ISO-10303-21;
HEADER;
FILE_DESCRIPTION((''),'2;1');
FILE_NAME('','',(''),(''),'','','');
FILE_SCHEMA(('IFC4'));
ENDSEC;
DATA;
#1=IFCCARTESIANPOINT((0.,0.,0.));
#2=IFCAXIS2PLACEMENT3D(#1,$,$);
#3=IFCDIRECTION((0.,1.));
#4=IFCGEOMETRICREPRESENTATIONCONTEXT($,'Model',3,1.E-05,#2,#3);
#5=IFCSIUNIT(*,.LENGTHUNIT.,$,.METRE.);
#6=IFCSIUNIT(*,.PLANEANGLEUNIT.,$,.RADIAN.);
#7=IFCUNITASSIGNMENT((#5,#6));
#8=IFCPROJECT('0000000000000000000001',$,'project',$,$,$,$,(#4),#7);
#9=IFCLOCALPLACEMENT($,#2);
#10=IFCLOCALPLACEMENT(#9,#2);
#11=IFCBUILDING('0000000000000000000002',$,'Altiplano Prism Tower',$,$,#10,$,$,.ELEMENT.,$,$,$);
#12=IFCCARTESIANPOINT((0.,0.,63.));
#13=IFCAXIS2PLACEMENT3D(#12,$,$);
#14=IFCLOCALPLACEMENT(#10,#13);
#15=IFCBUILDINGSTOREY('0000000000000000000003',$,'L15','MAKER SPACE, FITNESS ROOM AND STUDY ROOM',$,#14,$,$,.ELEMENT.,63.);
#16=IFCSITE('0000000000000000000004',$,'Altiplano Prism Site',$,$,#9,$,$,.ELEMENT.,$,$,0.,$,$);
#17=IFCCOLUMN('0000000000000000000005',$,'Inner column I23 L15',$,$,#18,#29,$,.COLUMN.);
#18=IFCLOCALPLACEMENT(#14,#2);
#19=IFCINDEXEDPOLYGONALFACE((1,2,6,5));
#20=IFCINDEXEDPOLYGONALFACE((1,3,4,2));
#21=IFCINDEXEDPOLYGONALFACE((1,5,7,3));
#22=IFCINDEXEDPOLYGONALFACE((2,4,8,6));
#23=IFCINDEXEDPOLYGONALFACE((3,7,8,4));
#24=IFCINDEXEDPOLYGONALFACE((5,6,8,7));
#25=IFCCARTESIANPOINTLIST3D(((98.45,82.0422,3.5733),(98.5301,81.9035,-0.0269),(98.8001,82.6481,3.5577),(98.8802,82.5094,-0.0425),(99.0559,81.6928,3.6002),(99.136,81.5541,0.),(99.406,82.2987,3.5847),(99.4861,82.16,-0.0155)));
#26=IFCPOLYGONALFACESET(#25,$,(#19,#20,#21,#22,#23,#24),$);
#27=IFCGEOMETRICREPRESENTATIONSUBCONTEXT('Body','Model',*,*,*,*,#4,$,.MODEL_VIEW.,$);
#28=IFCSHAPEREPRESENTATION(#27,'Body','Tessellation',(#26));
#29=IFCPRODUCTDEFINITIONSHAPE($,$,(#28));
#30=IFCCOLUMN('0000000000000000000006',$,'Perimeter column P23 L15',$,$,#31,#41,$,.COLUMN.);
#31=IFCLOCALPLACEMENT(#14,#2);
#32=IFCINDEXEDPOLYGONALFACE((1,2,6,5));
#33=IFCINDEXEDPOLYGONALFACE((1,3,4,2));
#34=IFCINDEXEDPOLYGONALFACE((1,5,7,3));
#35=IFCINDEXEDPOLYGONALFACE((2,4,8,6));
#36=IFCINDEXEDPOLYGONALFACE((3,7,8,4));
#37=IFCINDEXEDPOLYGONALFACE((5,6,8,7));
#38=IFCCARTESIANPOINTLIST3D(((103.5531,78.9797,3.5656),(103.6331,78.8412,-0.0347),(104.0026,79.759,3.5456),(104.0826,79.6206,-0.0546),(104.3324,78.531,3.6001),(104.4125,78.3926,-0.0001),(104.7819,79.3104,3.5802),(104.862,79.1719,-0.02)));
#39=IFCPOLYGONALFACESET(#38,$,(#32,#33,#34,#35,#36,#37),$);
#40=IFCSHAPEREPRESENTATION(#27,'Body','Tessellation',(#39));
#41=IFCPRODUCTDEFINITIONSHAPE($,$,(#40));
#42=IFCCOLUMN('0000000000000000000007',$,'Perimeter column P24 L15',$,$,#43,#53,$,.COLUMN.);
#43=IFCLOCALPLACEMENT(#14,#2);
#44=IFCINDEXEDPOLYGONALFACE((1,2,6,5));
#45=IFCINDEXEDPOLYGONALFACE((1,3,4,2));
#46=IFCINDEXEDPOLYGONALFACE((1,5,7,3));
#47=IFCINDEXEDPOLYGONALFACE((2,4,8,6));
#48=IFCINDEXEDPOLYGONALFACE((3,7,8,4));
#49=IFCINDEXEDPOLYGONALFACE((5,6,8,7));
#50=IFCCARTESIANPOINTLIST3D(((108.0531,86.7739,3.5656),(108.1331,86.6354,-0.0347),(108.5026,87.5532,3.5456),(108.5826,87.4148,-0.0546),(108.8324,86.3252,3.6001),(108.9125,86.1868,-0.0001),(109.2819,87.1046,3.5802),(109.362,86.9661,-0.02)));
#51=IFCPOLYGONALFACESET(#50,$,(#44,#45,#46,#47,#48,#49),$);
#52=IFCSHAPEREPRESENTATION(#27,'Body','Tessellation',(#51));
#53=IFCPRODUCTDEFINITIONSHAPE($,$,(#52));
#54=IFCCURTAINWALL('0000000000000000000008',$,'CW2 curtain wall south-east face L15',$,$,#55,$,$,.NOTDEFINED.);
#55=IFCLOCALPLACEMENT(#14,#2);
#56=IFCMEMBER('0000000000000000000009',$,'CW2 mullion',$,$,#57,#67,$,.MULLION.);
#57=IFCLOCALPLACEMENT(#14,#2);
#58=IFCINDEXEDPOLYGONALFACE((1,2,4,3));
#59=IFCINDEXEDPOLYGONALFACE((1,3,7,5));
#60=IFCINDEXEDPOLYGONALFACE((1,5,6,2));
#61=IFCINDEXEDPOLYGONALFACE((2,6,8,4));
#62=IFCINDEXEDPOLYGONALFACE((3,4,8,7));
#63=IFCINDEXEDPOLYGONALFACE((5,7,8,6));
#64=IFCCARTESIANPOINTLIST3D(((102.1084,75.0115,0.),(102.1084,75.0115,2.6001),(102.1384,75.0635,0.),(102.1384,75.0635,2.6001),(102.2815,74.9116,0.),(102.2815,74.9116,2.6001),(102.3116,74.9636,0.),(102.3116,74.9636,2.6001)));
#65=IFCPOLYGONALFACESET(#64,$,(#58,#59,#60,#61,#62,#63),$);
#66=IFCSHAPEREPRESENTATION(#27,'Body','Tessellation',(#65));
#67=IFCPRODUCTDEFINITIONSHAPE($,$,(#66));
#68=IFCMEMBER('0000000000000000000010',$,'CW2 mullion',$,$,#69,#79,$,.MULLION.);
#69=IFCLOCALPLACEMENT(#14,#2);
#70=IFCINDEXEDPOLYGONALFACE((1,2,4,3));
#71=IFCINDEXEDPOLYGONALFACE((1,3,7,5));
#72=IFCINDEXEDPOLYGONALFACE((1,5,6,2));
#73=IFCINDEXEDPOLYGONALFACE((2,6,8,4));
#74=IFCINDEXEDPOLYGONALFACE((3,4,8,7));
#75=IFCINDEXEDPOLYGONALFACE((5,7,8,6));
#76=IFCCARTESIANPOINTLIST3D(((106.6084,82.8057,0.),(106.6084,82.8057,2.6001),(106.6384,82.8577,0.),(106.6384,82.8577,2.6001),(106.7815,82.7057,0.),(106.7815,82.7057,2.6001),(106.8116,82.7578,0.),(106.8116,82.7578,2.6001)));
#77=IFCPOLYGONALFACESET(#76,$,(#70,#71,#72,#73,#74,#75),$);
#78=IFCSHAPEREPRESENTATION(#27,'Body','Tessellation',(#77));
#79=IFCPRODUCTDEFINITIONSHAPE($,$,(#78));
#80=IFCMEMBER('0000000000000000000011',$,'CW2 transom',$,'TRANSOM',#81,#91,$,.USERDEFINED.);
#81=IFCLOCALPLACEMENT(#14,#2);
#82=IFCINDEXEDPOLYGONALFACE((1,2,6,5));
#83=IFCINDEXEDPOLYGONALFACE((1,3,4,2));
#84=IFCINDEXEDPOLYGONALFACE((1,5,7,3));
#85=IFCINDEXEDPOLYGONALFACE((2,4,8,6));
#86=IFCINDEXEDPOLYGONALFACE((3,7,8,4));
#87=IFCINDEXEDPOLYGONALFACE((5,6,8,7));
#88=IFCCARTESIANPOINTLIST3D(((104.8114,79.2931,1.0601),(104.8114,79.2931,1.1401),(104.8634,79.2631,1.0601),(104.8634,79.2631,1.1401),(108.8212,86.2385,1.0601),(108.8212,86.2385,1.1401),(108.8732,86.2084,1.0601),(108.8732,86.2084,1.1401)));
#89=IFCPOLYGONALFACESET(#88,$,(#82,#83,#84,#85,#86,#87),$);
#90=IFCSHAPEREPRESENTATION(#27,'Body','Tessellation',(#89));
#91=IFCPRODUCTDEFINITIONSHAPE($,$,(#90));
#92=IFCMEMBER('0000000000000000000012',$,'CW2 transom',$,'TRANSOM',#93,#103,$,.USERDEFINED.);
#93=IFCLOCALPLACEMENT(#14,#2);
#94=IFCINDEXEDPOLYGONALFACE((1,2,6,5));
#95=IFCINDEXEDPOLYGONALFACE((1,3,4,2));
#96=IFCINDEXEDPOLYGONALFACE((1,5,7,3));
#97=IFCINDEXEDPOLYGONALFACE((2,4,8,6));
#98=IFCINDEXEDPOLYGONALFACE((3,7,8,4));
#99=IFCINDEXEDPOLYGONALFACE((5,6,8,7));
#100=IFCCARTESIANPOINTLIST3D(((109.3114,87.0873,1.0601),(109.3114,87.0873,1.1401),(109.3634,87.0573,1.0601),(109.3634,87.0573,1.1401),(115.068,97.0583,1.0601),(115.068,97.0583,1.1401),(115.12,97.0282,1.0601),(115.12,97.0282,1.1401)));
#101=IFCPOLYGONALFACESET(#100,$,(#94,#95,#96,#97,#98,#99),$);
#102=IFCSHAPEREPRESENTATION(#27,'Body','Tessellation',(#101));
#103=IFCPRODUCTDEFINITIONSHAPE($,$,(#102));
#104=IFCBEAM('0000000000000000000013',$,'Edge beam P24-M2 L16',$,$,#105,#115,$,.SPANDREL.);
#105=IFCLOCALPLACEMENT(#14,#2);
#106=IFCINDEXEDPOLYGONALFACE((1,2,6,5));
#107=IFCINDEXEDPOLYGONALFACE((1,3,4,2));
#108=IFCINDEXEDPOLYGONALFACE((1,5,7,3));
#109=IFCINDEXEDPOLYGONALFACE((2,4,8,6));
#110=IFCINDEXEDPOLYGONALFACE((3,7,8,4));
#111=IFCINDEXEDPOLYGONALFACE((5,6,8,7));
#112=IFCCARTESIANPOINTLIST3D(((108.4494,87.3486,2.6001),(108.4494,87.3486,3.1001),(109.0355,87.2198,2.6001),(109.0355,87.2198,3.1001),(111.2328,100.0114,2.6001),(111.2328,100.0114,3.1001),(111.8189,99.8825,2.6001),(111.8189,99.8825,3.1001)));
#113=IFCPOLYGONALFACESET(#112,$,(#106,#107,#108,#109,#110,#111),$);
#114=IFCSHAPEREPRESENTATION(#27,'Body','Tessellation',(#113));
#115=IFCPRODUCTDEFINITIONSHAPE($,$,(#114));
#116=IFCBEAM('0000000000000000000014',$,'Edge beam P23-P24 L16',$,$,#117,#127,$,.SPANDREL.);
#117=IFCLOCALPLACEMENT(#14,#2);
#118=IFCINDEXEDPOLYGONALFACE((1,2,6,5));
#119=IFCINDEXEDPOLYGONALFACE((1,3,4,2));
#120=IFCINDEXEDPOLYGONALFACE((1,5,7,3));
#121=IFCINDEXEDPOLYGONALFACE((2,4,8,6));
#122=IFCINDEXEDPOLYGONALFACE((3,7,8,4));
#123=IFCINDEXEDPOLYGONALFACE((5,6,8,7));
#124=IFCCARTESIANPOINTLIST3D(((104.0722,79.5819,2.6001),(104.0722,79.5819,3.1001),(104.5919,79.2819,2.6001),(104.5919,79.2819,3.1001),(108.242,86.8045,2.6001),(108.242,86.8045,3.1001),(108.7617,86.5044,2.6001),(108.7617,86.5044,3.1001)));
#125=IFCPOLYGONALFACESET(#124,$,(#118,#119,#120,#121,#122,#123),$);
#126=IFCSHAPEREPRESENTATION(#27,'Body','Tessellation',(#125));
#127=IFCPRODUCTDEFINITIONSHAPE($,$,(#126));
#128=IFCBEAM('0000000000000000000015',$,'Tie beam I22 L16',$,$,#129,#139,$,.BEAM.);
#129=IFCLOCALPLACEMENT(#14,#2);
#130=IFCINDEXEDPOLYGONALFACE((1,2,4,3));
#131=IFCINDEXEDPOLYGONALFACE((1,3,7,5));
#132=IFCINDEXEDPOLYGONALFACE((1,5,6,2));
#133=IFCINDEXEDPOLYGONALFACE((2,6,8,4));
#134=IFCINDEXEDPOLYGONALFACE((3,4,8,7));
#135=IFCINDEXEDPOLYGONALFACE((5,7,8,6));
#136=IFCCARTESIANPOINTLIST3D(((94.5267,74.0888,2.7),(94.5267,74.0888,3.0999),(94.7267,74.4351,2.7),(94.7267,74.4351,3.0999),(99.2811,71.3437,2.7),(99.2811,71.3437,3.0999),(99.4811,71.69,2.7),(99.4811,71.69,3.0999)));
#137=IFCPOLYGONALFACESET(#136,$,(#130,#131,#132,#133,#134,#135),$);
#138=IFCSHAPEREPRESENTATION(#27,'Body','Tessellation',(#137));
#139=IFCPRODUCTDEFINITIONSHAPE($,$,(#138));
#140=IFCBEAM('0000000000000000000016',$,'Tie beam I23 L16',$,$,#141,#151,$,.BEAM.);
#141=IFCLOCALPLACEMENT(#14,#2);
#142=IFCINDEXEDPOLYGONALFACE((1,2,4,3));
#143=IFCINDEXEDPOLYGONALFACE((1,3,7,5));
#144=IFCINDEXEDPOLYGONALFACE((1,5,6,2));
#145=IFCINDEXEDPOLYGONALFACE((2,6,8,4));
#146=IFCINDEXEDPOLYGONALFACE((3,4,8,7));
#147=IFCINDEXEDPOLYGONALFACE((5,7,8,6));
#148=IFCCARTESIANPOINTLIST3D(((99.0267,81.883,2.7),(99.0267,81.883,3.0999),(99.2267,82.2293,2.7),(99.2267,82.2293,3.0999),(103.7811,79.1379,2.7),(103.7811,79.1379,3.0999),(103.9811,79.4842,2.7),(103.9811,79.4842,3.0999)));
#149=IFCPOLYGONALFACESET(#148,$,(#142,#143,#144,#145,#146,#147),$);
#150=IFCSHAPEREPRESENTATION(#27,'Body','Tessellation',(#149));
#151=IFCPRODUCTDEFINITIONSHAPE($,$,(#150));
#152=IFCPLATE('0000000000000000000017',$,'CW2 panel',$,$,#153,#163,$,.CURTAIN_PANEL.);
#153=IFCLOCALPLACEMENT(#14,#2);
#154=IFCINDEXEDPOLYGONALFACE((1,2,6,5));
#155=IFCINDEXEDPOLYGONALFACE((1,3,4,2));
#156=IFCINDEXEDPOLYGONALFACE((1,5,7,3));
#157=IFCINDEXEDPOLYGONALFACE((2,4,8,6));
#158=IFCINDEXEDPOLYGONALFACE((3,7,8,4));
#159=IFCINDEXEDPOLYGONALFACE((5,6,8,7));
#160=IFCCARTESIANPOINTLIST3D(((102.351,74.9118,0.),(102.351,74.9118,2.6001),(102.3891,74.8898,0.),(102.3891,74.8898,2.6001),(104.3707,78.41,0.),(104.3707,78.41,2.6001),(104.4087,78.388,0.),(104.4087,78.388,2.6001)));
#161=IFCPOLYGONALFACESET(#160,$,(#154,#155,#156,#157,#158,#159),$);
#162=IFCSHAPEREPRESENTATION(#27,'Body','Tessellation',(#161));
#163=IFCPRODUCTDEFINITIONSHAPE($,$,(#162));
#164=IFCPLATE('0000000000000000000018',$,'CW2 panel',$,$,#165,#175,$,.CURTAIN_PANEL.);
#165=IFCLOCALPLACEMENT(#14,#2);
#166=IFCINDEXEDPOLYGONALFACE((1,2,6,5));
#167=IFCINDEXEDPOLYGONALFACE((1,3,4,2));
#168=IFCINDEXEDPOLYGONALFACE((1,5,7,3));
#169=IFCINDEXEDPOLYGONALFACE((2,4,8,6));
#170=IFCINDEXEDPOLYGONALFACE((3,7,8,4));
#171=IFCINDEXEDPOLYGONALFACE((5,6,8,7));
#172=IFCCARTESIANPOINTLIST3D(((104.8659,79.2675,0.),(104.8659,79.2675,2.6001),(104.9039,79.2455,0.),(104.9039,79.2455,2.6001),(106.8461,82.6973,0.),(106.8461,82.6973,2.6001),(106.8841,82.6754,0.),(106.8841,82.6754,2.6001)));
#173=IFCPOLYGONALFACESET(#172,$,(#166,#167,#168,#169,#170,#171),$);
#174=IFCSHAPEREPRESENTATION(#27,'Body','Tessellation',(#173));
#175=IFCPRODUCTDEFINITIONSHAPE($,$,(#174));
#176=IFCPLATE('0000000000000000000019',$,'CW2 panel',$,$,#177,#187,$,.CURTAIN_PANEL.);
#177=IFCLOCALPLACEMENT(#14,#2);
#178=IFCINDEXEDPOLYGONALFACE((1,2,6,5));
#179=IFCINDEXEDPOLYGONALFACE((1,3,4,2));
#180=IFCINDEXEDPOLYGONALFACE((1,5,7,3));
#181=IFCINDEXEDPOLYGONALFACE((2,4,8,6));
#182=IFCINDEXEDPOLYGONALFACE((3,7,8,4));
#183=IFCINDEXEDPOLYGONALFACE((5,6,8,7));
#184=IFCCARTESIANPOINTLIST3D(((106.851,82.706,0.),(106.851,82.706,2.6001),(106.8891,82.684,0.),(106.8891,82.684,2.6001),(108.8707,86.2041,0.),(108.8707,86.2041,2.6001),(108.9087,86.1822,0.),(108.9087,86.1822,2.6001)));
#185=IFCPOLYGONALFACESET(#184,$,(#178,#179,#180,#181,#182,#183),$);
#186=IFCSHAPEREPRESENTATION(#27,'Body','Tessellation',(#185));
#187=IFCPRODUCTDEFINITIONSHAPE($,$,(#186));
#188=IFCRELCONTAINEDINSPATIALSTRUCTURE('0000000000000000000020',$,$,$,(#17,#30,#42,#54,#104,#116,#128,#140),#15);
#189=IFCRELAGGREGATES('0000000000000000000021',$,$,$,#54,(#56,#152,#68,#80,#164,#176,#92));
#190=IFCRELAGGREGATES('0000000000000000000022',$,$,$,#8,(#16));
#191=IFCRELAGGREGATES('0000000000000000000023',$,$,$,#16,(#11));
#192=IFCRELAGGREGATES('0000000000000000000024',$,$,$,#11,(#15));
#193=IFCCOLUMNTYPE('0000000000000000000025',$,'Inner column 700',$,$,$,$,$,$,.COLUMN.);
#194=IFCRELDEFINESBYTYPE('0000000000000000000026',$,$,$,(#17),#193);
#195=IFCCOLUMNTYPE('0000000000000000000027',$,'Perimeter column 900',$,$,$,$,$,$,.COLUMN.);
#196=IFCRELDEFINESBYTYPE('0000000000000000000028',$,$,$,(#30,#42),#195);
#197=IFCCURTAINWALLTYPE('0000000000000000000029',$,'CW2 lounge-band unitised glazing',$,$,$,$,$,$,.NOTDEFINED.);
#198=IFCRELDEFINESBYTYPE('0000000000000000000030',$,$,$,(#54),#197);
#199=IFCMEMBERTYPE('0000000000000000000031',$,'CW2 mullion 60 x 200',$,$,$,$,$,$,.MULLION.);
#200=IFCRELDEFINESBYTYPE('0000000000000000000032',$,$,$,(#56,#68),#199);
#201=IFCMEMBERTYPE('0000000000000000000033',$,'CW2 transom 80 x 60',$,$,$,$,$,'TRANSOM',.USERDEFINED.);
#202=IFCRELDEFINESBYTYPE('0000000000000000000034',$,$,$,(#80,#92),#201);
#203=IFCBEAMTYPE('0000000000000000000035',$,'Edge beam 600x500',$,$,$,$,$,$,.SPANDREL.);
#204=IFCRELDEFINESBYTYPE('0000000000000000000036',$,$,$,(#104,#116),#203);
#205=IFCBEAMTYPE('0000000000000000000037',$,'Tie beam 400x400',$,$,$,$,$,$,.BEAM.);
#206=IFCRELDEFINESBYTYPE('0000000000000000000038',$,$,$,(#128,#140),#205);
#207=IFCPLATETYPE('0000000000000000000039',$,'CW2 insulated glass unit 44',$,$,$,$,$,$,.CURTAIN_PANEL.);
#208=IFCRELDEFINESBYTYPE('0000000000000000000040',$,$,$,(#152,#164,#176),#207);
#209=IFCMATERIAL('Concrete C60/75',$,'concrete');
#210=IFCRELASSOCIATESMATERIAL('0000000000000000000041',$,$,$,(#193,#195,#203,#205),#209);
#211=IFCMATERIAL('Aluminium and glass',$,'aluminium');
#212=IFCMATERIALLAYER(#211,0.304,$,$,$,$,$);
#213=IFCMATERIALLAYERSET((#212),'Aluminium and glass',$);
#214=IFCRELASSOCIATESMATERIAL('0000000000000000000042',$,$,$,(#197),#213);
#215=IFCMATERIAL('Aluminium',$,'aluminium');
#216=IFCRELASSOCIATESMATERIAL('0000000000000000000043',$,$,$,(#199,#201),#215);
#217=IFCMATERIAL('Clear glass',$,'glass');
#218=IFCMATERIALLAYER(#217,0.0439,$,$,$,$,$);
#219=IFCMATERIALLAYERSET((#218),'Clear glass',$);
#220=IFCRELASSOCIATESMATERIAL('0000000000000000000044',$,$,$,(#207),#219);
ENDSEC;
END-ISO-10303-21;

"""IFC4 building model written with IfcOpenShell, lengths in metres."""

from ifc_helpers import new_model, si_unit, direction, frame, origin, origin_2d, place, context, subcontext, project, spatial, rectangle, extrude, material, layer, layer_set, material_profile, profile_set, type_object, element, aggregate, save


model = new_model("IFC4")

# Units and contexts
model_context = context("Model", 3, precision=1e-05, world=origin(), true_north=direction((0.0, 1.0)))
body_context = subcontext(model_context, "Body", "Model", "MODEL_VIEW")
ifc_project = project(units=[si_unit("LENGTHUNIT", "METRE"), si_unit("PLANEANGLEUNIT", "RADIAN")], contexts=[model_context])

# Site, building, storey
site_placement = place(None, origin())
site = spatial("IfcSite", under=ifc_project, at=site_placement, Name="Altiplano Prism Site", CompositionType="ELEMENT", RefElevation=0.0)
building_placement = place(site_placement, origin())
building = spatial("IfcBuilding", under=site, at=building_placement, Name="Altiplano Prism Tower", CompositionType="ELEMENT")
storey_placement = place(building_placement, frame((0.0, 0.0, 63.0)))
storey = spatial("IfcBuildingStorey", under=building, at=storey_placement, Name="L15", Description="MAKER SPACE, FITNESS ROOM AND STUDY ROOM", CompositionType="ELEMENT", Elevation=63.0)

# Columns
ifc_material_1 = material(Name="Concrete C60/75", Category="concrete")
ifc_material_profile_1 = material_profile(ifc_material_1, rectangle(XDim=0.7, YDim=0.7, at=origin_2d()), Name="Inner column 700")
ifc_profile_set_1 = profile_set([ifc_material_profile_1], Name="Concrete C60/75")
column_type_1 = type_object("IfcColumnType", Name="Inner column 700", PredefinedType="COLUMN", material=ifc_profile_set_1)
column_placement = place(storey_placement, frame((99.0081, 82.0317, -0.0212), z_axis=(-0.022221, 0.038481, 0.999012), x_axis=(-0.500175, -0.865639, 0.022218)))
element("IfcColumn", 1, at=column_placement, inside=storey, type_object=column_type_1, Name="Inner column I23 L15", PredefinedType="COLUMN", context=body_context, shape_type="SweptSolid", body=[
    extrude(rectangle(XDim=0.7, YDim=0.7, at=origin_2d()), origin(), (0.0, 0.0, 1.0), 3.6038),
])
ifc_material_profile_2 = material_profile(ifc_material_1, rectangle(XDim=0.8999, YDim=0.8999, at=origin_2d()), Name="Perimeter column 900")
ifc_profile_set_2 = profile_set([ifc_material_profile_2], Name="Concrete C60/75")
column_type_2 = type_object("IfcColumnType", Name="Perimeter column 900", PredefinedType="COLUMN", material=ifc_profile_set_2)
for number, where, z_axis, x_axis, name in (
    (2, (104.2476, 79.0066, -0.0273), (-0.022221, 0.038413, 0.999015), (-0.499513, -0.866022, 0.022189), "Perimeter column P23 L15"),
    (3, (108.7476, 86.8008, -0.0273), (-0.022221, 0.038413, 0.999015), (-0.499513, -0.866022, 0.022189), "Perimeter column P24 L15"),
):
    element("IfcColumn", number, at=place(storey_placement, frame(where, z_axis=z_axis, x_axis=x_axis)), inside=storey, type_object=column_type_2, Name=name, PredefinedType="COLUMN", context=body_context, shape_type="SweptSolid", body=[
        extrude(rectangle(XDim=0.8999, YDim=0.8999, at=origin_2d()), origin(), (0.0, 0.0, 1.0), 3.6038),
    ])

# Curtain wall, members
ifc_material_2 = material(Name="Aluminium and glass", Category="aluminium")
ifc_layer_1 = layer(ifc_material_2, 0.304)
ifc_layer_set_1 = layer_set([ifc_layer_1], Name="Aluminium and glass")
curtain_wall_type = type_object("IfcCurtainWallType", Name="CW2 lounge-band unitised glazing", PredefinedType="NOTDEFINED", material=ifc_layer_set_1)
curtain_wall_placement = place(storey_placement, origin())
curtain_wall = element("IfcCurtainWall", 4, at=curtain_wall_placement, inside=storey, type_object=curtain_wall_type, Name="CW2 curtain wall south-east face L15", PredefinedType="NOTDEFINED")
ifc_material_3 = material(Name="Aluminium", Category="aluminium")
ifc_material_profile_3 = material_profile(ifc_material_3, rectangle(XDim=0.2, YDim=0.0601, at=origin_2d()), Name="CW2 mullion 60 x 200")
ifc_profile_set_3 = profile_set([ifc_material_profile_3], Name="Aluminium")
member_type_1 = type_object("IfcMemberType", Name="CW2 mullion 60 x 200", PredefinedType="MULLION", material=ifc_profile_set_3)
member_1_placement = place(storey_placement, frame((102.21, 74.9875, 0.0), z_axis=(0.0, 0.0, 1.0), x_axis=(-0.866025, 0.5, 0.0)))
member_1 = element("IfcMember", 5, at=member_1_placement, type_object=member_type_1, Name="CW2 mullion", PredefinedType="MULLION", context=body_context, shape_type="SweptSolid", body=[
    extrude(rectangle(XDim=0.2, YDim=0.0601, at=origin_2d()), origin(), (0.0, 0.0, 1.0), 2.6001),
])
member_2_placement = place(storey_placement, frame((106.71, 82.7817, 0.0), z_axis=(0.0, 0.0, 1.0), x_axis=(-0.866025, 0.5, 0.0)))
member_2 = element("IfcMember", 6, at=member_2_placement, type_object=member_type_1, Name="CW2 mullion", PredefinedType="MULLION", context=body_context, shape_type="SweptSolid", body=[
    extrude(rectangle(XDim=0.2, YDim=0.0601, at=origin_2d()), origin(), (0.0, 0.0, 1.0), 2.6001),
])
ifc_material_profile_4 = material_profile(ifc_material_3, rectangle(XDim=0.0601, YDim=0.0801, at=origin_2d()), Name="CW2 transom 80 x 60")
ifc_profile_set_4 = profile_set([ifc_material_profile_4], Name="Aluminium")
member_type_2 = type_object("IfcMemberType", Name="CW2 transom 80 x 60", ElementType="TRANSOM", PredefinedType="USERDEFINED", material=ifc_profile_set_4)
member_3_placement = place(storey_placement, frame((104.8374, 79.2781, 1.1001), z_axis=(0.499989, 0.866031, 0.0), x_axis=(-0.866031, 0.499989, 0.0)))
member_3 = element("IfcMember", 7, at=member_3_placement, type_object=member_type_2, Name="CW2 transom", ObjectType="TRANSOM", PredefinedType="USERDEFINED", context=body_context, shape_type="SweptSolid", body=[
    extrude(rectangle(XDim=0.0601, YDim=0.0801, at=origin_2d()), origin(), (0.0, 0.0, 1.0), 8.0198),
])
member_4_placement = place(storey_placement, frame((109.3374, 87.0723, 1.1001), z_axis=(0.499991, 0.866031, 0.0), x_axis=(-0.866031, 0.499991, 0.0)))
member_4 = element("IfcMember", 8, at=member_4_placement, type_object=member_type_2, Name="CW2 transom", ObjectType="TRANSOM", PredefinedType="USERDEFINED", context=body_context, shape_type="SweptSolid", body=[
    extrude(rectangle(XDim=0.0601, YDim=0.0801, at=origin_2d()), origin(), (0.0, 0.0, 1.0), 11.5134),
])

# Beams
ifc_material_profile_5 = material_profile(ifc_material_1, rectangle(XDim=0.6001, YDim=0.5, at=origin_2d()), Name="Edge beam 600x500")
ifc_profile_set_5 = profile_set([ifc_material_profile_5], Name="Concrete C60/75")
beam_type_1 = type_object("IfcBeamType", Name="Edge beam 600x500", PredefinedType="SPANDREL", material=ifc_profile_set_5)
beam_1_placement = place(storey_placement, frame((108.7424, 87.2842, 2.8501), z_axis=(0.214687, 0.976683, 0.0), x_axis=(-0.976683, 0.214687, 0.0)))
element("IfcBeam", 9, at=beam_1_placement, inside=storey, type_object=beam_type_1, Name="Edge beam P24-M2 L16", PredefinedType="SPANDREL", context=body_context, shape_type="SweptSolid", body=[
    extrude(rectangle(XDim=0.6001, YDim=0.5, at=origin_2d()), origin(), (0.0, 0.0, 1.0), 12.9651),
])
beam_2_placement = place(storey_placement, frame((104.332, 79.4319, 2.8501), z_axis=(0.499993, 0.86603, 0.0), x_axis=(-0.86603, 0.499993, 0.0)))
element("IfcBeam", 10, at=beam_2_placement, inside=storey, type_object=beam_type_1, Name="Edge beam P23-P24 L16", PredefinedType="SPANDREL", context=body_context, shape_type="SweptSolid", body=[
    extrude(rectangle(XDim=0.6001, YDim=0.5, at=origin_2d()), origin(), (0.0, 0.0, 1.0), 8.3398),
])
ifc_material_profile_6 = material_profile(ifc_material_1, rectangle(XDim=0.3999, YDim=0.3999, at=origin_2d()), Name="Tie beam 400x400")
ifc_profile_set_6 = profile_set([ifc_material_profile_6], Name="Concrete C60/75")
beam_type_2 = type_object("IfcBeamType", Name="Tie beam 400x400", PredefinedType="BEAM", material=ifc_profile_set_6)
for number, where, z_axis, x_axis, name in (
    (11, (94.6267, 74.262, 2.8999), (0.866012, -0.500023, 0.0), (0.500023, 0.866012, 0.0), "Tie beam I22 L16"),
    (12, (99.1267, 82.0562, 2.8999), (0.866012, -0.500023, 0.0), (0.500023, 0.866012, 0.0), "Tie beam I23 L16"),
):
    element("IfcBeam", number, at=place(storey_placement, frame(where, z_axis=z_axis, x_axis=x_axis)), inside=storey, type_object=beam_type_2, Name=name, PredefinedType="BEAM", context=body_context, shape_type="SweptSolid", body=[
        extrude(rectangle(XDim=0.3999, YDim=0.3999, at=origin_2d()), origin(), (0.0, 0.0, 1.0), 5.49),
    ])

# Plates
ifc_material_4 = material(Name="Clear glass", Category="glass")
ifc_layer_2 = layer(ifc_material_4, 0.0439)
ifc_layer_set_2 = layer_set([ifc_layer_2], Name="Clear glass")
plate_type = type_object("IfcPlateType", Name="CW2 insulated glass unit 44", PredefinedType="CURTAIN_PANEL", material=ifc_layer_set_2)
plate_1_placement = place(storey_placement, frame((103.3799, 76.6499, 0.0), z_axis=(0.0, 0.0, 1.0), x_axis=(0.5, 0.866025, 0.0)))
plate_1 = element("IfcPlate", 13, at=plate_1_placement, type_object=plate_type, Name="CW2 panel", PredefinedType="CURTAIN_PANEL", context=body_context, shape_type="SweptSolid", body=[
    extrude(rectangle(XDim=4.0393, YDim=0.0439, at=origin_2d()), origin(), (0.0, 0.0, 1.0), 2.6001),
])
plate_2_placement = place(storey_placement, frame((105.875, 80.9714, 0.0), z_axis=(0.0, 0.0, 1.0), x_axis=(0.5, 0.866025, 0.0)))
plate_2 = element("IfcPlate", 14, at=plate_2_placement, type_object=plate_type, Name="CW2 panel", PredefinedType="CURTAIN_PANEL", context=body_context, shape_type="SweptSolid", body=[
    extrude(rectangle(XDim=3.9604, YDim=0.0439, at=origin_2d()), origin(), (0.0, 0.0, 1.0), 2.6001),
])
plate_3_placement = place(storey_placement, frame((107.8799, 84.4441, 0.0), z_axis=(0.0, 0.0, 1.0), x_axis=(0.5, 0.866025, 0.0)))
plate_3 = element("IfcPlate", 15, at=plate_3_placement, type_object=plate_type, Name="CW2 panel", PredefinedType="CURTAIN_PANEL", context=body_context, shape_type="SweptSolid", body=[
    extrude(rectangle(XDim=4.0393, YDim=0.0439, at=origin_2d()), origin(), (0.0, 0.0, 1.0), 2.6001),
])
aggregate(curtain_wall, [member_1, plate_1, member_2, member_3, plate_2, plate_3, member_4])

save(model, "model.ifc")
